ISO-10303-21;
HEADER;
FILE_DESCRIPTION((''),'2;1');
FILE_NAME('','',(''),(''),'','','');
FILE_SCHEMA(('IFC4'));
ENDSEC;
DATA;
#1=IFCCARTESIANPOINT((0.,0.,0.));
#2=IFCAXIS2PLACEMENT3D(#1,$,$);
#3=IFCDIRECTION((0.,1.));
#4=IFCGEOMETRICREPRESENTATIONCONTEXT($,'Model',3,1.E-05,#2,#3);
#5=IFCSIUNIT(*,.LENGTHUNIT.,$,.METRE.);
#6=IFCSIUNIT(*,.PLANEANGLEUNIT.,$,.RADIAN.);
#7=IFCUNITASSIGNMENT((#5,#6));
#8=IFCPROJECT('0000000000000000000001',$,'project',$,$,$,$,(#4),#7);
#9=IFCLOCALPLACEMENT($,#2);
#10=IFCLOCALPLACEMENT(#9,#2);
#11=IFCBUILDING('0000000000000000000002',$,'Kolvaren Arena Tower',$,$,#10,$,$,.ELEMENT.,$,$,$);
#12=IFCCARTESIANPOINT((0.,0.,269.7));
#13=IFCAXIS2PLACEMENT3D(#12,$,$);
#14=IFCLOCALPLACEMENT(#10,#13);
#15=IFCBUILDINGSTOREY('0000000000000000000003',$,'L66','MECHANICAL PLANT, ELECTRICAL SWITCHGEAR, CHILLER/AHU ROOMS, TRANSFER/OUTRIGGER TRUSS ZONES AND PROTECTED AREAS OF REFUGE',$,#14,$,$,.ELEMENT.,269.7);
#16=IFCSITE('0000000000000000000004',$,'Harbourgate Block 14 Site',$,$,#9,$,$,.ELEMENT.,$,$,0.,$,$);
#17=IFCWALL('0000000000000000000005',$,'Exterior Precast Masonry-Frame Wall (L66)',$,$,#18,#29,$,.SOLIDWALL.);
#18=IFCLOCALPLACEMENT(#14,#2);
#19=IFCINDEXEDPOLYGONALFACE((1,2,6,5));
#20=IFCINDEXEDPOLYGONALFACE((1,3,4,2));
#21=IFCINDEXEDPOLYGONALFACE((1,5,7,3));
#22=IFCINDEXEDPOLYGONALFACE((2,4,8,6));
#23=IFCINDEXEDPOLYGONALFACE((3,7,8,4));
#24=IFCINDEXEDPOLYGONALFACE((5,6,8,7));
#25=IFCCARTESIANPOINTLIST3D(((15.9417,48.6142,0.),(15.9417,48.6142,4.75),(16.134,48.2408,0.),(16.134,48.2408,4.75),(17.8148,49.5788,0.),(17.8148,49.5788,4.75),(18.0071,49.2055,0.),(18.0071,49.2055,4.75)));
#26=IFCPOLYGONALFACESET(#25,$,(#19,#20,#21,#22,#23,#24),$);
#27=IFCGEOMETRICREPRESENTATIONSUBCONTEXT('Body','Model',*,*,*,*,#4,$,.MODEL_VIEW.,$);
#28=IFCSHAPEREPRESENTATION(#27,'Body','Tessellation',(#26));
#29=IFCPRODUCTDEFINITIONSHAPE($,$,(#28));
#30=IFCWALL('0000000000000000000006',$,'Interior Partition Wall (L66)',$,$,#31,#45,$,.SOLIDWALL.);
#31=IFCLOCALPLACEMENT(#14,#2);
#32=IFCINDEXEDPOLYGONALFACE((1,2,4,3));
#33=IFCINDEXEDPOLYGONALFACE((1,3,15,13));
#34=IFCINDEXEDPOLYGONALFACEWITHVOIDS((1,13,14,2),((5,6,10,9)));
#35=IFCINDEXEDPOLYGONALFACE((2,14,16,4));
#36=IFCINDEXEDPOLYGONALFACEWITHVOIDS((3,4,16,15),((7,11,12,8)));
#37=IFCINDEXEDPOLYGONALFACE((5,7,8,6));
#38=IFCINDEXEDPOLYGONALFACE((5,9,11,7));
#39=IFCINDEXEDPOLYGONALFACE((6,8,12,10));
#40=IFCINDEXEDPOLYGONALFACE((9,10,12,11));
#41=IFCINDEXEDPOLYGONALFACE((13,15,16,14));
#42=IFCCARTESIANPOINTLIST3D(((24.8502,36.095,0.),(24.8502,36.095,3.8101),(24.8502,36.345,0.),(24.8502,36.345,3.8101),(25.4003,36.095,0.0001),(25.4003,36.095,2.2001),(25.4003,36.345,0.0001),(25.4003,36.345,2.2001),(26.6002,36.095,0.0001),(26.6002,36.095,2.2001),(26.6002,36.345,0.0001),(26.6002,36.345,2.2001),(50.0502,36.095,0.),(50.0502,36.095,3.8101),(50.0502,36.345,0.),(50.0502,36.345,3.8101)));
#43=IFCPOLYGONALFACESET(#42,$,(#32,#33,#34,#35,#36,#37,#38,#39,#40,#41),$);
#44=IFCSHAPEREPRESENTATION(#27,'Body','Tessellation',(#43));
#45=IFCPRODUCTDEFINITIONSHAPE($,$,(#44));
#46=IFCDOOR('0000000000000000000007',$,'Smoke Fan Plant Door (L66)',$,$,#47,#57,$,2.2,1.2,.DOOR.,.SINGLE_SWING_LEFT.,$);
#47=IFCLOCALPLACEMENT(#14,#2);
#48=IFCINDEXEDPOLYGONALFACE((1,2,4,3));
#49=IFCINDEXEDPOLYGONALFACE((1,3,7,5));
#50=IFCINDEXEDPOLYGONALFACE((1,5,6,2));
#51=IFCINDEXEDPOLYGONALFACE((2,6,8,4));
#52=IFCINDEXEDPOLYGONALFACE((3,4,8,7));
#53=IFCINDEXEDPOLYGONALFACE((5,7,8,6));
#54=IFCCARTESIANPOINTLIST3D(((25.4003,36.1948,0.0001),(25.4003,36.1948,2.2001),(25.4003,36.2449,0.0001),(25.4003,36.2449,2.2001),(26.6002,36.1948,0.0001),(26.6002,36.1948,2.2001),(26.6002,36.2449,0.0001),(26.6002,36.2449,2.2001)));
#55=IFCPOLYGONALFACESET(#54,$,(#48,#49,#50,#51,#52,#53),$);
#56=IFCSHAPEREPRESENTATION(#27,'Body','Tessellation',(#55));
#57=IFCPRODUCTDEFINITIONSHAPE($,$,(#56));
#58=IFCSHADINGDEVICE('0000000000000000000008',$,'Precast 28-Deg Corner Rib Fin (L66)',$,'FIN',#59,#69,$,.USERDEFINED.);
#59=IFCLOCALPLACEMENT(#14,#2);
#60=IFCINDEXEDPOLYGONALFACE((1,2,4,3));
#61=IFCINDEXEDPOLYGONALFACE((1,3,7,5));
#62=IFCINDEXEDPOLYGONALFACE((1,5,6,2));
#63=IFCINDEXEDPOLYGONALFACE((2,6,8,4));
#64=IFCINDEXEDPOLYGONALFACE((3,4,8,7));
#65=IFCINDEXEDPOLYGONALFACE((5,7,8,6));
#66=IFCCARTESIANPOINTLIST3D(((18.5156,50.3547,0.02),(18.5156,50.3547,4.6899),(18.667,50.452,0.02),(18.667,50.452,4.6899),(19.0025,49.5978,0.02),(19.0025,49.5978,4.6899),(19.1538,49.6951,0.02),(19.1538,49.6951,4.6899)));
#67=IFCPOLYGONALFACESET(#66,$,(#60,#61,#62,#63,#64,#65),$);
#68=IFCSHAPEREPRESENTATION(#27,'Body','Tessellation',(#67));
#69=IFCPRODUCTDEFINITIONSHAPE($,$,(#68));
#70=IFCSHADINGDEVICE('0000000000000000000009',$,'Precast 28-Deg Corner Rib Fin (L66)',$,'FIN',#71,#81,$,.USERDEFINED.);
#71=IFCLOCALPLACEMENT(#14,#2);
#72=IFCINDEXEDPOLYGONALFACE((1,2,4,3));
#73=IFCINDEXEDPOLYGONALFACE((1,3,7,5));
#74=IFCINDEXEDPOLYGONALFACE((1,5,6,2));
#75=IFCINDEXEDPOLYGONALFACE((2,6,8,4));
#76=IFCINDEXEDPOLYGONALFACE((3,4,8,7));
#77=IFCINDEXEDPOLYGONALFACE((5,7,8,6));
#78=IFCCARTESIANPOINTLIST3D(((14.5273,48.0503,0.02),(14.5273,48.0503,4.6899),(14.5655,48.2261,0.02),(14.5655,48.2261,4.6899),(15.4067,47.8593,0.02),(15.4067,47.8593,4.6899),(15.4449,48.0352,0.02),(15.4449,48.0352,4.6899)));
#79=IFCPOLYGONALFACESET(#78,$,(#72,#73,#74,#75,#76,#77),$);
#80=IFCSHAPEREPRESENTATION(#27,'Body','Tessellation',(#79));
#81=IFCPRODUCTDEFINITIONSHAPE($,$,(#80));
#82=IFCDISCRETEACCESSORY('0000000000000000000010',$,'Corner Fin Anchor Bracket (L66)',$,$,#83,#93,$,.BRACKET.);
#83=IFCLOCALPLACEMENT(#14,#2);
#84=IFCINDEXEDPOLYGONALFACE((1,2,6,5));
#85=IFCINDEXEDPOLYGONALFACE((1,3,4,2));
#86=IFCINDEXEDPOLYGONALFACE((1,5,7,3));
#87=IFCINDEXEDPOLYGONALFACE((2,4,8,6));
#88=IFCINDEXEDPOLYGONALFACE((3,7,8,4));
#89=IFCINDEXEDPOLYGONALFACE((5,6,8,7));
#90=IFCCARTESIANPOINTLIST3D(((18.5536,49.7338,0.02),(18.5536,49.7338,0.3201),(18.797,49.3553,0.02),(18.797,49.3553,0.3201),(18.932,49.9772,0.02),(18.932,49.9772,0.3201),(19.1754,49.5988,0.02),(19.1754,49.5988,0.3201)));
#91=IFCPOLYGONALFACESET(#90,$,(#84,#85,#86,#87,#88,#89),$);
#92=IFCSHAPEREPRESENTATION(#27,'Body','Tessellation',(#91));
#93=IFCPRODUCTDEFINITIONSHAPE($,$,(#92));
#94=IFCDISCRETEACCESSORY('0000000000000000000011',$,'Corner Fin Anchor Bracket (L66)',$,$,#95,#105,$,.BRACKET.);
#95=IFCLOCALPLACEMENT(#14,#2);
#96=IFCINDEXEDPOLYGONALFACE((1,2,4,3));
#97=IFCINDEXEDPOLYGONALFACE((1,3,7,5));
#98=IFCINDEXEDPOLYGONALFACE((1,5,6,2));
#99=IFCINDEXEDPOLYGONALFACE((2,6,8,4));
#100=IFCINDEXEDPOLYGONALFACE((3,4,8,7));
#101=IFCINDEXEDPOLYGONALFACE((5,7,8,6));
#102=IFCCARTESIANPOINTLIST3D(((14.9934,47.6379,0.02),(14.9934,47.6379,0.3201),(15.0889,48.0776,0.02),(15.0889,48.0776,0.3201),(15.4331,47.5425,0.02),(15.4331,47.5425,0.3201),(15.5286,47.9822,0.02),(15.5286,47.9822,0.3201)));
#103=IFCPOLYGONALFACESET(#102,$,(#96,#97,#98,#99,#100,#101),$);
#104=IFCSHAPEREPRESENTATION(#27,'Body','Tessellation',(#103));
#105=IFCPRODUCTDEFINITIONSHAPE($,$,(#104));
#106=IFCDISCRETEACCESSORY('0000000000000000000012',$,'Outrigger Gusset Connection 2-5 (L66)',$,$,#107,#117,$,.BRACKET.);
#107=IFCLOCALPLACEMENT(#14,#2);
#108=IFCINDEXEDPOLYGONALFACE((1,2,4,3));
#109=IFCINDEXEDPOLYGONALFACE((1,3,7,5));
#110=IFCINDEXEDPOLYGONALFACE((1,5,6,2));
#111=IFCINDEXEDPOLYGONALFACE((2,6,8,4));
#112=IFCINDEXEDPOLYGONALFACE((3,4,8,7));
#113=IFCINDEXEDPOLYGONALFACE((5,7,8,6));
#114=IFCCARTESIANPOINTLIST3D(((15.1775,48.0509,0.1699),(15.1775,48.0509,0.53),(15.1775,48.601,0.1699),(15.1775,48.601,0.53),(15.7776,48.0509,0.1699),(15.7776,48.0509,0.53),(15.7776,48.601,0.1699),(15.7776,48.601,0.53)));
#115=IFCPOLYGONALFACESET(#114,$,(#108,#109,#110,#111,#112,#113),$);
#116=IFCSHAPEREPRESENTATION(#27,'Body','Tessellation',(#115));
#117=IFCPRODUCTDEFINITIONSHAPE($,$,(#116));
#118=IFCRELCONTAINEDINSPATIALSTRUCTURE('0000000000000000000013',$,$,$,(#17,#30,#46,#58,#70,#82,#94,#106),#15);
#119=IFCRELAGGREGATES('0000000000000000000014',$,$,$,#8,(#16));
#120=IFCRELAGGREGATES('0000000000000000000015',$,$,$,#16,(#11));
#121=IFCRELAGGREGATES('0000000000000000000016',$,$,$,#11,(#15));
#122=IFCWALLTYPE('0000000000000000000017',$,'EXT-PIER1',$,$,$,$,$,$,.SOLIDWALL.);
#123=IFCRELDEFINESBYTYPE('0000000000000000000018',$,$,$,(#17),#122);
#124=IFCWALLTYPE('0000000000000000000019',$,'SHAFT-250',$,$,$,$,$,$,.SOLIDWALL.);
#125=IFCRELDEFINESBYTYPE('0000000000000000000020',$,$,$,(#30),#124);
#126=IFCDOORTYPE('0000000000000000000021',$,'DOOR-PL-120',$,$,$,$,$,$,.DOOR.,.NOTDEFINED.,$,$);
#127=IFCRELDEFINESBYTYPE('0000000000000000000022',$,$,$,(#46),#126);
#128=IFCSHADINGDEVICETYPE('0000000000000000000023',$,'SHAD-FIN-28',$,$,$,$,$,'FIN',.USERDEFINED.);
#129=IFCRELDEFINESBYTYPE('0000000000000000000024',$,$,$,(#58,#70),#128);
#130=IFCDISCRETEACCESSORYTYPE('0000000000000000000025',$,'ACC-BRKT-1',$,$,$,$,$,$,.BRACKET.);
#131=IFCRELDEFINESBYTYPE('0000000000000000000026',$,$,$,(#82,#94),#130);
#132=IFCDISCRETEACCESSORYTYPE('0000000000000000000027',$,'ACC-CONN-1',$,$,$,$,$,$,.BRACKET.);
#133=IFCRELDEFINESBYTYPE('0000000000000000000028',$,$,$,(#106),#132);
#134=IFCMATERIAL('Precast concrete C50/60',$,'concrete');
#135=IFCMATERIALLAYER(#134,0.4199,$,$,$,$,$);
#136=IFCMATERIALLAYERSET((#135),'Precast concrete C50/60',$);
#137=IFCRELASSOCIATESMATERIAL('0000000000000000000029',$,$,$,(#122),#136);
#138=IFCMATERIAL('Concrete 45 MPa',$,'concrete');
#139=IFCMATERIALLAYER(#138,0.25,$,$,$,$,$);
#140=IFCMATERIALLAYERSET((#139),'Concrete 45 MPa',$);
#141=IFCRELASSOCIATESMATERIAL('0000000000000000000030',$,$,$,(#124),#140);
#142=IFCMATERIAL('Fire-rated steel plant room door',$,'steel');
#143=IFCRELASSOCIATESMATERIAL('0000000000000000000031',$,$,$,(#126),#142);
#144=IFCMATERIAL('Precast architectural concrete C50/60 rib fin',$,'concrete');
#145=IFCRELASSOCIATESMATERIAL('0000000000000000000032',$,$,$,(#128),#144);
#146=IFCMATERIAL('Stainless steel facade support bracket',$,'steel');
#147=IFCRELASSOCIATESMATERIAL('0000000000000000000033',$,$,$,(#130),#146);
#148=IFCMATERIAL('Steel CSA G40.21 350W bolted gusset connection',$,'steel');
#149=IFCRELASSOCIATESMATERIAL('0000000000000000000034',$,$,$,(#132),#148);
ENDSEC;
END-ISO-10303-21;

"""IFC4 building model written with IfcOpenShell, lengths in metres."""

from ifc_helpers import new_model, si_unit, direction, frame, frame_2d, origin, origin_2d, place, context, subcontext, project, spatial, rectangle, extrude, material, layer, layer_set, type_object, element, fill, save


model = new_model("IFC4")

# Units and contexts
model_context = context("Model", 3, precision=1e-05, world=origin(), true_north=direction((0.0, 1.0)))
body_context = subcontext(model_context, "Body", "Model", "MODEL_VIEW")
ifc_project = project(units=[si_unit("LENGTHUNIT", "METRE"), si_unit("PLANEANGLEUNIT", "RADIAN")], contexts=[model_context])

# Site, building, storey
site_placement = place(None, origin())
site = spatial("IfcSite", under=ifc_project, at=site_placement, Name="Harbourgate Block 14 Site", CompositionType="ELEMENT", RefElevation=0.0)
building_placement = place(site_placement, origin())
building = spatial("IfcBuilding", under=site, at=building_placement, Name="Kolvaren Arena Tower", CompositionType="ELEMENT")
storey_placement = place(building_placement, frame((0.0, 0.0, 269.7)))
storey = spatial("IfcBuildingStorey", under=building, at=storey_placement, Name="L66", Description="MECHANICAL PLANT, ELECTRICAL SWITCHGEAR, CHILLER/AHU ROOMS, TRANSFER/OUTRIGGER TRUSS ZONES AND PROTECTED AREAS OF REFUGE", CompositionType="ELEMENT", Elevation=269.7)

# Wall
ifc_material_1 = material(Name="Precast concrete C50/60", Category="concrete")
ifc_layer_1 = layer(ifc_material_1, 0.4199)
ifc_layer_set_1 = layer_set([ifc_layer_1], Name="Precast concrete C50/60")
wall_type_1 = type_object("IfcWallType", Name="EXT-PIER1", PredefinedType="SOLIDWALL", material=ifc_layer_set_1)
wall_1_placement = place(storey_placement, frame((16.0378, 48.4275, 0.0), z_axis=(0.0, 0.0, 1.0), x_axis=(0.889033, 0.457843, 0.0)))
element("IfcWall", 1, at=wall_1_placement, inside=storey, type_object=wall_type_1, Name="Exterior Precast Masonry-Frame Wall (L66)", PredefinedType="SOLIDWALL", context=body_context, shape_type="SweptSolid", body=[
    extrude(rectangle(XDim=2.1069, YDim=0.4199, at=frame_2d((1.0535, 0.0))), origin(), (0.0, 0.0, 1.0), 4.75),
])

# Wall, opening, door
ifc_material_2 = material(Name="Concrete 45 MPa", Category="concrete")
ifc_layer_2 = layer(ifc_material_2, 0.25)
ifc_layer_set_2 = layer_set([ifc_layer_2], Name="Concrete 45 MPa")
wall_type_2 = type_object("IfcWallType", Name="SHAFT-250", PredefinedType="SOLIDWALL", material=ifc_layer_set_2)
wall_2_placement = place(storey_placement, frame((24.8501, 36.22, 0.0), z_axis=(0.0, 0.0, 1.0), x_axis=(1.0, 0.0, 0.0)))
wall_2 = element("IfcWall", 2, at=wall_2_placement, inside=storey, type_object=wall_type_2, Name="Interior Partition Wall (L66)", PredefinedType="SOLIDWALL", context=body_context, shape_type="SweptSolid", body=[
    extrude(rectangle(XDim=25.2, YDim=0.25, at=frame_2d((12.6001, 0.0))), origin(), (0.0, 0.0, 1.0), 3.8101),
])
opening_placement = place(wall_2_placement, frame((0.55, 0.0, 0.0)))
opening = element("IfcOpeningElement", 3, at=opening_placement, cuts=wall_2, PredefinedType="OPENING", context=body_context, shape_type="SweptSolid", body=[
    extrude(rectangle(XDim=1.2, YDim=2.2, at=frame_2d((0.6001, 1.1001))), frame((0.0, 0.135, 0.0), z_axis=(0.0, -1.0, 0.0), x_axis=(1.0, 0.0, 0.0)), (0.0, 0.0, 1.0), 0.27),
])
ifc_material_3 = material(Name="Fire-rated steel plant room door", Category="steel")
door_type = type_object("IfcDoorType", Name="DOOR-PL-120", OperationType="NOTDEFINED", PredefinedType="DOOR", material=ifc_material_3)
door_placement = place(opening_placement, origin())
door = element("IfcDoor", 4, at=door_placement, inside=storey, type_object=door_type, Name="Smoke Fan Plant Door (L66)", OperationType="SINGLE_SWING_LEFT", OverallHeight=2.2, OverallWidth=1.2, PredefinedType="DOOR", context=body_context, shape_type="SweptSolid", body=[
    extrude(rectangle(XDim=1.2, YDim=2.2, at=frame_2d((0.6001, 1.1001))), frame((0.0, 0.0249, 0.0), z_axis=(0.0, -1.0, 0.0), x_axis=(1.0, 0.0, 0.0)), (0.0, 0.0, 1.0), 0.05),
])
fill(opening, door)

# Shading devices
ifc_material_4 = material(Name="Precast architectural concrete C50/60 rib fin", Category="concrete")
shading_device_type = type_object("IfcShadingDeviceType", Name="SHAD-FIN-28", ElementType="FIN", PredefinedType="USERDEFINED", material=ifc_material_4)
for number, where, z_axis, x_axis, name in (
    (5, (18.8347, 50.0249, 0.02), (0.0, 0.0, 1.0), (-0.540982, 0.841034, 0.0), "Precast 28-Deg Corner Rib Fin (L66)"),
    (6, (14.9861, 48.0427, 0.02), (0.0, 0.0, 1.0), (-0.977234, 0.212162, 0.0), "Precast 28-Deg Corner Rib Fin (L66)"),
):
    element("IfcShadingDevice", number, at=place(storey_placement, frame(where, z_axis=z_axis, x_axis=x_axis)), inside=storey, type_object=shading_device_type, Name=name, ObjectType="FIN", PredefinedType="USERDEFINED", context=body_context, shape_type="SweptSolid", body=[
        extrude(rectangle(XDim=0.8999, YDim=0.1799, at=origin_2d()), origin(), (0.0, 0.0, 1.0), 4.6699),
    ])

# Discrete accessories
ifc_material_5 = material(Name="Stainless steel facade support bracket", Category="steel")
discrete_accessory_type_1 = type_object("IfcDiscreteAccessoryType", Name="ACC-BRKT-1", PredefinedType="BRACKET", material=ifc_material_5)
for number, where, z_axis, x_axis, name in (
    (7, (18.8645, 49.6663, 0.02), (0.0, 0.0, 1.0), (-0.540982, 0.841034, 0.0), "Corner Fin Anchor Bracket (L66)"),
    (8, (15.261, 47.8101, 0.02), (0.0, 0.0, 1.0), (-0.977234, 0.212162, 0.0), "Corner Fin Anchor Bracket (L66)"),
):
    element("IfcDiscreteAccessory", number, at=place(storey_placement, frame(where, z_axis=z_axis, x_axis=x_axis)), inside=storey, type_object=discrete_accessory_type_1, Name=name, PredefinedType="BRACKET", context=body_context, shape_type="SweptSolid", body=[
        extrude(rectangle(XDim=0.45, YDim=0.45, at=origin_2d()), origin(), (0.0, 0.0, 1.0), 0.3),
    ])
ifc_material_6 = material(Name="Steel CSA G40.21 350W bolted gusset connection", Category="steel")
discrete_accessory_type_2 = type_object("IfcDiscreteAccessoryType", Name="ACC-CONN-1", PredefinedType="BRACKET", material=ifc_material_6)
discrete_accessory_placement = place(storey_placement, frame((15.4775, 48.3259, 0.1699), z_axis=(0.0, 0.0, 1.0), x_axis=(1.0, 0.0, 0.0)))
element("IfcDiscreteAccessory", 9, at=discrete_accessory_placement, inside=storey, type_object=discrete_accessory_type_2, Name="Outrigger Gusset Connection 2-5 (L66)", PredefinedType="BRACKET", context=body_context, shape_type="SweptSolid", body=[
    extrude(rectangle(XDim=0.6001, YDim=0.55, at=origin_2d()), origin(), (0.0, 0.0, 1.0), 0.3601),
])

save(model, "model.ifc")
